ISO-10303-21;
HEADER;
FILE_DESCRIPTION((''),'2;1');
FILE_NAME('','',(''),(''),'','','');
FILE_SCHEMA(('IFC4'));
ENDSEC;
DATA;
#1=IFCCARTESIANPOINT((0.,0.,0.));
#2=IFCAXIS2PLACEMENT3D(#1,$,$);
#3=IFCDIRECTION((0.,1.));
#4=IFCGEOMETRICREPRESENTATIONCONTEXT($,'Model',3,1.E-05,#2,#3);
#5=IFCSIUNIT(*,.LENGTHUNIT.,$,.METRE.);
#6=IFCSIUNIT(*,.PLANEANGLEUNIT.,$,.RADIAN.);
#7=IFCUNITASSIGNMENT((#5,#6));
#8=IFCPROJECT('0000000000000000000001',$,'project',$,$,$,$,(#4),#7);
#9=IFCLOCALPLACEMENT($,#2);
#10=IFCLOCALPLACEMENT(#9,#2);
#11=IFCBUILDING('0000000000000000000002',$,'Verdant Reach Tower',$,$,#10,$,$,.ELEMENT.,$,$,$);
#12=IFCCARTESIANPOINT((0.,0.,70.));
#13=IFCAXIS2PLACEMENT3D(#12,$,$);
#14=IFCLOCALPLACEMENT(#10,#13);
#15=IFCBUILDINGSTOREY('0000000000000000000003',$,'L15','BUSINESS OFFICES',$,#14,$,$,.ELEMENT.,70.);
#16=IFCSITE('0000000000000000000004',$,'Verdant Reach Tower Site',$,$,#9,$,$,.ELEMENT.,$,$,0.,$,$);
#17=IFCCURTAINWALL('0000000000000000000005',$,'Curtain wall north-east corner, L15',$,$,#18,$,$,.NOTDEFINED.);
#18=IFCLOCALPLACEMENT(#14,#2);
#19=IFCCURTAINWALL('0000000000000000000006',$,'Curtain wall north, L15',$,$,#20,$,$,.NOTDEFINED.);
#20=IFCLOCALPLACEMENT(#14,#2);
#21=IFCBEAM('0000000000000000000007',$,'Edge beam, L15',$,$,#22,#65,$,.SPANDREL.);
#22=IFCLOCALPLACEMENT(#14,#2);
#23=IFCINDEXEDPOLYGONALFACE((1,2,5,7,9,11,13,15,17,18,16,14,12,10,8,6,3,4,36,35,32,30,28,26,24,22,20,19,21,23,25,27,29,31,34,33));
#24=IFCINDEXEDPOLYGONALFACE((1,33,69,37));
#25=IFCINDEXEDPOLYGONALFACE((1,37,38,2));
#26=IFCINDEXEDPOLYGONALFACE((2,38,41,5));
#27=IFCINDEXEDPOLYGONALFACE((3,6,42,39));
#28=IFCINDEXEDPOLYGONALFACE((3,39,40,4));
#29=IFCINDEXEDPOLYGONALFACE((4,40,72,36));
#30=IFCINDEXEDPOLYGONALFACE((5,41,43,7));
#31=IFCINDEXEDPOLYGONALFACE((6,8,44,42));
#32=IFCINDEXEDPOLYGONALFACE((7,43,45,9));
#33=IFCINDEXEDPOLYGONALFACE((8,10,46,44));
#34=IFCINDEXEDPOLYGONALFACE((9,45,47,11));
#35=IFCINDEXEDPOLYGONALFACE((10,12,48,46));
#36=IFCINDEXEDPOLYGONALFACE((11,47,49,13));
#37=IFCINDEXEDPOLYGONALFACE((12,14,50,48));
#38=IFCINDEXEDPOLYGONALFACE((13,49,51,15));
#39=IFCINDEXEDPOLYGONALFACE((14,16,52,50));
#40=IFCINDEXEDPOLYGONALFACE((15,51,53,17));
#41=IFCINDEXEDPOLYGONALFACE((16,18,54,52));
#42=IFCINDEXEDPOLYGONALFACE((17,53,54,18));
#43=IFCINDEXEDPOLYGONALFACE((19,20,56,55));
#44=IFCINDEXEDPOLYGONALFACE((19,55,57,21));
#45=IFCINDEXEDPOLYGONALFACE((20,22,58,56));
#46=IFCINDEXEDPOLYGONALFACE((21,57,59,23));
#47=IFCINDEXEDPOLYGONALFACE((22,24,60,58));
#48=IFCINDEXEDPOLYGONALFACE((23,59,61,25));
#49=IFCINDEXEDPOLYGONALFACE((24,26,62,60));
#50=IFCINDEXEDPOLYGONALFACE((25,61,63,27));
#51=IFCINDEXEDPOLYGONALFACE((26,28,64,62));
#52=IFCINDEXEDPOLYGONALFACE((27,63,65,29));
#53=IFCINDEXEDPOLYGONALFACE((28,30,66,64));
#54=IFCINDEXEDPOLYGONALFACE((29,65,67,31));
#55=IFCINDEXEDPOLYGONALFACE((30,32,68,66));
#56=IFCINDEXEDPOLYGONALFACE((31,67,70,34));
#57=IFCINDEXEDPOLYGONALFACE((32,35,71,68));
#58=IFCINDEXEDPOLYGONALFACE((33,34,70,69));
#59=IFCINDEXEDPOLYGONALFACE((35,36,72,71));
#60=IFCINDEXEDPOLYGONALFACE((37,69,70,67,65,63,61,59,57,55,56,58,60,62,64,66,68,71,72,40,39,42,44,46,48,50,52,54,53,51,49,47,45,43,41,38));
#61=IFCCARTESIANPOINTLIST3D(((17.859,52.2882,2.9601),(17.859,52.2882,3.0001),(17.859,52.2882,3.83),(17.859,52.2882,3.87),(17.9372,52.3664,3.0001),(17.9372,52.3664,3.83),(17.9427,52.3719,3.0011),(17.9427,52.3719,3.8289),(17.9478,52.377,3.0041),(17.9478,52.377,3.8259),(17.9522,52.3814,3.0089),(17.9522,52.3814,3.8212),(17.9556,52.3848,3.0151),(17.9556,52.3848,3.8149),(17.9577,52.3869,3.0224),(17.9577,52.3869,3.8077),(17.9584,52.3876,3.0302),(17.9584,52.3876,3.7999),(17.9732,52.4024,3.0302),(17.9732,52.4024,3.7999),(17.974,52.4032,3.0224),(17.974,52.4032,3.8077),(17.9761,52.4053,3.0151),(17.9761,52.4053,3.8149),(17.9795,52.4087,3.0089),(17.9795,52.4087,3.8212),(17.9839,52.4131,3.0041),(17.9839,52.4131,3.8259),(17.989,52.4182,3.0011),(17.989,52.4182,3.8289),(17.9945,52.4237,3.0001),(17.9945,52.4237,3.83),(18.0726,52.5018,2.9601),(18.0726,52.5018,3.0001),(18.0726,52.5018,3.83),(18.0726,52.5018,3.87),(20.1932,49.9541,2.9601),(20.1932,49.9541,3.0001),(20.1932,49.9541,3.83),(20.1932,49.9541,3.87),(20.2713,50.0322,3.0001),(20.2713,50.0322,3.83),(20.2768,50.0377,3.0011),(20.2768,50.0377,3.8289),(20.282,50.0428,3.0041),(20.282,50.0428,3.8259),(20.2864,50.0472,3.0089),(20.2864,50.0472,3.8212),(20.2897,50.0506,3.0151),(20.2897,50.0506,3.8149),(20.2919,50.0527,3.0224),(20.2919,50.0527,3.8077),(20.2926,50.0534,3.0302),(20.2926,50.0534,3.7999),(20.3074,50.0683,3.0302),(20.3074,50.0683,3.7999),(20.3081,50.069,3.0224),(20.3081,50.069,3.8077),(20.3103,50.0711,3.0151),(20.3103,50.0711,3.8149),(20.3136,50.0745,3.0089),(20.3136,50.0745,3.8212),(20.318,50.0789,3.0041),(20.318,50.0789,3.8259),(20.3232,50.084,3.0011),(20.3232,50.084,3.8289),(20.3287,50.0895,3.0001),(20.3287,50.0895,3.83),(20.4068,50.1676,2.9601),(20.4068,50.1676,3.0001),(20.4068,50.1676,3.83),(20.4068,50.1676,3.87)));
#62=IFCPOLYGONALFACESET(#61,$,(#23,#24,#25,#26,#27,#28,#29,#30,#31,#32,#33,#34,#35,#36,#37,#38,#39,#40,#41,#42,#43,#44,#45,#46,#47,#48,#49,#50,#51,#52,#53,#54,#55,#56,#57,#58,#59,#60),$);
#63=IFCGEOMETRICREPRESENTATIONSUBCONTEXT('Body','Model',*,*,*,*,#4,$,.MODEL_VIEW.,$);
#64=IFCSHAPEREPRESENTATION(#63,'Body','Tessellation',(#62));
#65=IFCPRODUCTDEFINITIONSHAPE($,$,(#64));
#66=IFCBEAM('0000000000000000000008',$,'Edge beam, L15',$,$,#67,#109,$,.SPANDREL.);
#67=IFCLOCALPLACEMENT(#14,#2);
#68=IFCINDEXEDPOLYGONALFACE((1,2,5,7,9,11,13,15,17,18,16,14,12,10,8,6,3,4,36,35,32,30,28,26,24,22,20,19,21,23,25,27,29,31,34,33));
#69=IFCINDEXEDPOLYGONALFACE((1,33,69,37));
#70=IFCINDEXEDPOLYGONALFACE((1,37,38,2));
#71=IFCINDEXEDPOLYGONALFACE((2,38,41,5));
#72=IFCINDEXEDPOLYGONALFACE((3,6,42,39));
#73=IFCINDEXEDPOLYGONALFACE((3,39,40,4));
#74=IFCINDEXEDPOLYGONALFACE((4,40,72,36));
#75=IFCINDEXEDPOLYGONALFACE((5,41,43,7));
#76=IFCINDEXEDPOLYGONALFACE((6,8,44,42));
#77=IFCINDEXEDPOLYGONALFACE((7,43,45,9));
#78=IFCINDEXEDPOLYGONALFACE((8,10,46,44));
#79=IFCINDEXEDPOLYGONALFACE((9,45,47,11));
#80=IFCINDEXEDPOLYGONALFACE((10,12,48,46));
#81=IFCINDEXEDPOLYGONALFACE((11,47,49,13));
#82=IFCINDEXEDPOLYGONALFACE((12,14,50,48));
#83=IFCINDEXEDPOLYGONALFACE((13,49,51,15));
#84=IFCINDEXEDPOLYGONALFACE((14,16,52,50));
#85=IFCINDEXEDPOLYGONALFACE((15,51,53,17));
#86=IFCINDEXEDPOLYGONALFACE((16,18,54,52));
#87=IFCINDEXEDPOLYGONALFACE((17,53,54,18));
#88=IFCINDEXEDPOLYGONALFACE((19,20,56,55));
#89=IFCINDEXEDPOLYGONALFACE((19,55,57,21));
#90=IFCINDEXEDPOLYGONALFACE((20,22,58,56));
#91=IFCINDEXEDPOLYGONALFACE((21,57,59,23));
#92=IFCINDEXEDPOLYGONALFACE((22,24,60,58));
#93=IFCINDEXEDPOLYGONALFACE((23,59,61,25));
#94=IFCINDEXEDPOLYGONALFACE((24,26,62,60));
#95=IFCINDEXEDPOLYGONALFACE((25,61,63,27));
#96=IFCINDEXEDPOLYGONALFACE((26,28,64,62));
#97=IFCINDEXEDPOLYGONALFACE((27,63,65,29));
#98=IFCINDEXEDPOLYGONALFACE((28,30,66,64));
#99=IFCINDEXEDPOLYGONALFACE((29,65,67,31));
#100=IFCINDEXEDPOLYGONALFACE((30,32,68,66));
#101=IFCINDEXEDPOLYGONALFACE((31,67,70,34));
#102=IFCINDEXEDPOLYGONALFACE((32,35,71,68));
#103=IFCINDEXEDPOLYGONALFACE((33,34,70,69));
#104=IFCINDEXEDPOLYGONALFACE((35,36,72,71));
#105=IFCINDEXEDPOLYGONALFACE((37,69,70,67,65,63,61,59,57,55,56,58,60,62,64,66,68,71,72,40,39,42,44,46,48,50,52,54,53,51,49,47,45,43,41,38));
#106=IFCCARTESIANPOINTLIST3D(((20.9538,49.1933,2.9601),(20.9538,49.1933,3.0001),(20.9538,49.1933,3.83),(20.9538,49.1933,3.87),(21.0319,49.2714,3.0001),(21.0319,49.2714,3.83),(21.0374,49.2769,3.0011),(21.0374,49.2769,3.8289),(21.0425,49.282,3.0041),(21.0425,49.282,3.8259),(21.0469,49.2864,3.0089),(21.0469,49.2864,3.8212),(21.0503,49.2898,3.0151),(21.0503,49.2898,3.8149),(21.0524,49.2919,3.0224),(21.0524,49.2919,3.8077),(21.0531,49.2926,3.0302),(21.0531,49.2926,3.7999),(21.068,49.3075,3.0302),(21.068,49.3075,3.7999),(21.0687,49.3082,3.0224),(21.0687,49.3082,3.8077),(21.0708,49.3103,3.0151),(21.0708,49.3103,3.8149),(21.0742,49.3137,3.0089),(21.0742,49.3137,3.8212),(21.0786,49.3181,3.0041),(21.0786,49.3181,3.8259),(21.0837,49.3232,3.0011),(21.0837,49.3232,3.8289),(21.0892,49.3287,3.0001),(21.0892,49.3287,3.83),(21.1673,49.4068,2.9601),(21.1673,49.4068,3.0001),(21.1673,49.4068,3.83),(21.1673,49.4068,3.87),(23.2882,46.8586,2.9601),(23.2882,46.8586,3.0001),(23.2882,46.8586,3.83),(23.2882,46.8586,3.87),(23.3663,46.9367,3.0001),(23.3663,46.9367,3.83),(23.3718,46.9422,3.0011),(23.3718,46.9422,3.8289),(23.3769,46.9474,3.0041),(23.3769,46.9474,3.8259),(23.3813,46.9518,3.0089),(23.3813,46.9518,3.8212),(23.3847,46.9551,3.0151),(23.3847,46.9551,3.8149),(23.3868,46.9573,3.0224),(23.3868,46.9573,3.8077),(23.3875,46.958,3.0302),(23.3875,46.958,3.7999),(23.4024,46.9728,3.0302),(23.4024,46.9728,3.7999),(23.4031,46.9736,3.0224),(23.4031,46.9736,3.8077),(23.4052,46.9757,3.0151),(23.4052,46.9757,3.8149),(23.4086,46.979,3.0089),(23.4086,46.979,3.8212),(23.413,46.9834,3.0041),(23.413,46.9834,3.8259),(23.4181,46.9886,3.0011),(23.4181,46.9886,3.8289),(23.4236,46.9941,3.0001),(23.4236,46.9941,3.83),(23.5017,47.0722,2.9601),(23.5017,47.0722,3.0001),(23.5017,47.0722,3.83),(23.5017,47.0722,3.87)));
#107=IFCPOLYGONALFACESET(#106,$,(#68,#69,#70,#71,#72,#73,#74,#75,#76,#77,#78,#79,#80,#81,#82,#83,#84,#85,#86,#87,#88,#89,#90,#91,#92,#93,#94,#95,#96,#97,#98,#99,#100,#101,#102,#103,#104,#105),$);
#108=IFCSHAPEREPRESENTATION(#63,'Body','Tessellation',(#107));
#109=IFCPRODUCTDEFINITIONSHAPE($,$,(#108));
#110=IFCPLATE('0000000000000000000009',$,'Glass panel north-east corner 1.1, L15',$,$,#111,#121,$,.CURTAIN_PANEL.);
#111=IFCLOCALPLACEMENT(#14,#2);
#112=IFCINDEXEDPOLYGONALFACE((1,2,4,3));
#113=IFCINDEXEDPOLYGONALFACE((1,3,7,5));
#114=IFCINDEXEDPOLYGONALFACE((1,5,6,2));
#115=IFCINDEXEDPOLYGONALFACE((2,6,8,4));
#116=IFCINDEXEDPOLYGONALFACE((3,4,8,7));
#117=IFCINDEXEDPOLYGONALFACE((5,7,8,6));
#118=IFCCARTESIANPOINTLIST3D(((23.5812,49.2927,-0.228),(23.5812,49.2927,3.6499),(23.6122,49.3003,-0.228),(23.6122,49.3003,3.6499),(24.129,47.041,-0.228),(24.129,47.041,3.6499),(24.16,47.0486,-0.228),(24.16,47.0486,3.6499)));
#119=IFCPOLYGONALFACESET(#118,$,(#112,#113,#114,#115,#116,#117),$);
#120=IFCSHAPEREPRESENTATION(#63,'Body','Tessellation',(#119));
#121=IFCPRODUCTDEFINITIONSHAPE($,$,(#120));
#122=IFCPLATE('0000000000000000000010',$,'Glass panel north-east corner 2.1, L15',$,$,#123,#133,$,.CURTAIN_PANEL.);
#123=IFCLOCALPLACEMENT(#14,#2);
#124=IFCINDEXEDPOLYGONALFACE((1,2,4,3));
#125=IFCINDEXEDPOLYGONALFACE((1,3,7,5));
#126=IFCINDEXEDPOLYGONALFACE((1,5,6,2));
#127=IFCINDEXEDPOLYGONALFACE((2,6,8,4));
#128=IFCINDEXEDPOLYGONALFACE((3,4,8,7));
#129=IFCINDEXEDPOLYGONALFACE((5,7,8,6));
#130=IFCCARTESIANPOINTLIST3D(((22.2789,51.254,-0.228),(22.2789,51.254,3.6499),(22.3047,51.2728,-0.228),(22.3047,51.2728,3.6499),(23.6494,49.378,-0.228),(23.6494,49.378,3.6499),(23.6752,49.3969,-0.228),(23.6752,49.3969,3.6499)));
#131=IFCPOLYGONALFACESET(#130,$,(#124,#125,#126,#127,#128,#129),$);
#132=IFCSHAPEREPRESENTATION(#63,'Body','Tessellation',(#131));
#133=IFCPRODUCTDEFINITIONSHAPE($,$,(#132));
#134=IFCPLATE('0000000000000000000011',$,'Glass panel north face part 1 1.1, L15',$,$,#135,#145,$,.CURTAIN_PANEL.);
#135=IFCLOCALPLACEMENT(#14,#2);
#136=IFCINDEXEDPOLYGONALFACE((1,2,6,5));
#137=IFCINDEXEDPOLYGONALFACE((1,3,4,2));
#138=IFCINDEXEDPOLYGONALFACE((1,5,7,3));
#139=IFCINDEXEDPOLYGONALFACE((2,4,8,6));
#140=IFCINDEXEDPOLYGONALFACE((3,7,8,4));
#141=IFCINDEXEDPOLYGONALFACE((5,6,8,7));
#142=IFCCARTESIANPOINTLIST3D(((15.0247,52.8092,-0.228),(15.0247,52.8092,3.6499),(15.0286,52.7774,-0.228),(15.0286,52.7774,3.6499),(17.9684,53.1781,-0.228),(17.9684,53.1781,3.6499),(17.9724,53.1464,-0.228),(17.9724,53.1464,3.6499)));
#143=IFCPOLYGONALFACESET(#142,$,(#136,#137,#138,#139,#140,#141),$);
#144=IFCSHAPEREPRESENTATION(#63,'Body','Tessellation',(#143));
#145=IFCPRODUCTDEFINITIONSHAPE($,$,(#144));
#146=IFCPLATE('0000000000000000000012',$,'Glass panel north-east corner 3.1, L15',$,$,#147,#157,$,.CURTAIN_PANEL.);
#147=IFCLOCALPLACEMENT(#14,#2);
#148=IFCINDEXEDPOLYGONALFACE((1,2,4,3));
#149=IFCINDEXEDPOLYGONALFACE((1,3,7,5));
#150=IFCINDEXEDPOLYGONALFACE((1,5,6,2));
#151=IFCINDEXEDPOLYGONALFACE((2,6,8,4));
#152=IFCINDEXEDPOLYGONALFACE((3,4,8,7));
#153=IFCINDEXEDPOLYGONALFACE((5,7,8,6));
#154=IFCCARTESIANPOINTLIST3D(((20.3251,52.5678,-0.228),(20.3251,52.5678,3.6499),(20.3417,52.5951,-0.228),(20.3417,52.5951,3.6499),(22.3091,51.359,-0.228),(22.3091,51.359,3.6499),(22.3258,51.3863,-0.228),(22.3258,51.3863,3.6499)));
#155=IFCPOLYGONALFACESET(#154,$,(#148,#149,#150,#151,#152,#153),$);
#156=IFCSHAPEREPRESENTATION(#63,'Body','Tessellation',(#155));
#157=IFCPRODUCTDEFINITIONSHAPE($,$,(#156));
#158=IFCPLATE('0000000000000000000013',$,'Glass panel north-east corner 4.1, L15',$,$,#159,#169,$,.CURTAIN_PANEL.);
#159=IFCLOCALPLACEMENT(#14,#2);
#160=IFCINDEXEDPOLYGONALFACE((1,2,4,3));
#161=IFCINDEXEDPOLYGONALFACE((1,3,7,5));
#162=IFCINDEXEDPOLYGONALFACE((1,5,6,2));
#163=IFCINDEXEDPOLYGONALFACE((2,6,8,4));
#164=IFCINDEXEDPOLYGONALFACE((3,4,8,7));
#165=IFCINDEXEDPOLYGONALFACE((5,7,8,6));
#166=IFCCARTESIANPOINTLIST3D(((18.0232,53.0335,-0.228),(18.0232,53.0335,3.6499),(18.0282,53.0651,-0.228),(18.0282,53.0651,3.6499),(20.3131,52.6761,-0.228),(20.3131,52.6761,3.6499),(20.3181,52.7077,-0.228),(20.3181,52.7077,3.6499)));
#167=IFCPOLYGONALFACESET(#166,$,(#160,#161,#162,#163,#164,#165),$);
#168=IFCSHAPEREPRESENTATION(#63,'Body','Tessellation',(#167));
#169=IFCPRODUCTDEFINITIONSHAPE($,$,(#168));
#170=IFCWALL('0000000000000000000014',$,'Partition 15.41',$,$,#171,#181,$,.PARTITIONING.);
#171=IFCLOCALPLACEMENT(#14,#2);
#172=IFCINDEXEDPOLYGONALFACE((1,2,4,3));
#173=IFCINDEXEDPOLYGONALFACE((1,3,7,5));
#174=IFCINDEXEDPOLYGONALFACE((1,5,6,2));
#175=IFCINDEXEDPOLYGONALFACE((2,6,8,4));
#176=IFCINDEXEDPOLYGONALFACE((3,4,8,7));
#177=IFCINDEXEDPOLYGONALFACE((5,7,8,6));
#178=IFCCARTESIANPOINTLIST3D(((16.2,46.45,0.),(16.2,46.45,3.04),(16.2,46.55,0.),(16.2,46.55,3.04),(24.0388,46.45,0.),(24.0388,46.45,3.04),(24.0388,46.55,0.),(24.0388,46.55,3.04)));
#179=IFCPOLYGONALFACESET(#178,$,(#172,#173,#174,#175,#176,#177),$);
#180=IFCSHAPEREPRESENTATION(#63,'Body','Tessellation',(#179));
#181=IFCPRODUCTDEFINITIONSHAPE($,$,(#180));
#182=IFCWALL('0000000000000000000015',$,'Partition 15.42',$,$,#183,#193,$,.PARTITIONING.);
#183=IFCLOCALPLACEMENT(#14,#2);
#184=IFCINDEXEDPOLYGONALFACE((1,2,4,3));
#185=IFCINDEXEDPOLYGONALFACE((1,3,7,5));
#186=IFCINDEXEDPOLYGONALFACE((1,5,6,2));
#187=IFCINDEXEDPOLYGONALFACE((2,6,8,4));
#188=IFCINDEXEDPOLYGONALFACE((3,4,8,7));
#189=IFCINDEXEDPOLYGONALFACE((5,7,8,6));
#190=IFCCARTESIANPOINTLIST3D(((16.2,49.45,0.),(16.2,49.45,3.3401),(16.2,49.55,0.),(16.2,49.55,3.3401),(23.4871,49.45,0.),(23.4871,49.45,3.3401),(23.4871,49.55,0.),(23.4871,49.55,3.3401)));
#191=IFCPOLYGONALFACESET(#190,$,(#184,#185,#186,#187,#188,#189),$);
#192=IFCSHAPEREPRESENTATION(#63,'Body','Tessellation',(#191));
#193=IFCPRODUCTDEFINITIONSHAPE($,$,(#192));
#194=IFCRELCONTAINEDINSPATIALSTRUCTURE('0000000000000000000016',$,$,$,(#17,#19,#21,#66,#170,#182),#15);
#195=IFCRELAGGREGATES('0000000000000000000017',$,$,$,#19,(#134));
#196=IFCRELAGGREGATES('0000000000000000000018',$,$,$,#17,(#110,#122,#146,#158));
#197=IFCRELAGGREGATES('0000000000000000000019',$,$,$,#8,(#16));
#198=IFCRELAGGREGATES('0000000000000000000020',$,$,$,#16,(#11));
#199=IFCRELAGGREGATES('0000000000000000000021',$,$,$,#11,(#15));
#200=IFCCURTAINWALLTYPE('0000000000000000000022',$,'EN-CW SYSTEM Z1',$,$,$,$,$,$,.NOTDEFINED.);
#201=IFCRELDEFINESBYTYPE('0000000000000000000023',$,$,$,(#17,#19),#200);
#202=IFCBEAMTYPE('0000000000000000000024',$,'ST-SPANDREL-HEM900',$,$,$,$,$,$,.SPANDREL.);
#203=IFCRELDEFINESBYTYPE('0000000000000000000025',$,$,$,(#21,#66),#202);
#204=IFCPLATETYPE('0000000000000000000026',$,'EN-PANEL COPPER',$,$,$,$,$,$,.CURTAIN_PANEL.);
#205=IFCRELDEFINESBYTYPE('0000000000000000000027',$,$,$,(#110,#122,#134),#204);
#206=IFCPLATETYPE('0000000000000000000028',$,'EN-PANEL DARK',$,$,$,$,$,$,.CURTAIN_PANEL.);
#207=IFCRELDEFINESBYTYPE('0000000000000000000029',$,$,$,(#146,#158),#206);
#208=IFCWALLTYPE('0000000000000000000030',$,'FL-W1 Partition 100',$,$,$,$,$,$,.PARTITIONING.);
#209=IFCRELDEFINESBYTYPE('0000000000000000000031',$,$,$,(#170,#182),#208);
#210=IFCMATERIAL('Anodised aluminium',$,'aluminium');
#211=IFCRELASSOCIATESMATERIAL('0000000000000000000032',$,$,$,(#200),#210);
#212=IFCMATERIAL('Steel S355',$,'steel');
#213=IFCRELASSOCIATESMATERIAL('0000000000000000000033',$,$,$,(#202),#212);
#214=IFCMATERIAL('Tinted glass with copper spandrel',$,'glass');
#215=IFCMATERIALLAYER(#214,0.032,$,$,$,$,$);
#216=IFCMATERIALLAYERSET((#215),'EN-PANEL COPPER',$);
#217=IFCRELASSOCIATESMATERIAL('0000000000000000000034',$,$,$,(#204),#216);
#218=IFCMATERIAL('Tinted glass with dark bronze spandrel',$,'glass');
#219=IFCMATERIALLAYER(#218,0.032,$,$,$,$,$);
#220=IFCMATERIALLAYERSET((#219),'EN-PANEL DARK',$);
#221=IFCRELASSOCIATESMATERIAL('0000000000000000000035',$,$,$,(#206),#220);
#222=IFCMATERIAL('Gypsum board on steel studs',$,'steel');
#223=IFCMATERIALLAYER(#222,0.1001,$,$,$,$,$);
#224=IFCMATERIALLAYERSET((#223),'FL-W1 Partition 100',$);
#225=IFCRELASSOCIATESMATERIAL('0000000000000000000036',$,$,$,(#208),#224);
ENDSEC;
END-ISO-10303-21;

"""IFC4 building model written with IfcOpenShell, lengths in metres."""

from ifc_helpers import new_model, si_unit, direction, frame, frame_2d, origin, origin_2d, place, context, subcontext, project, spatial, rectangle, i_section, extrude, material, layer, layer_set, material_profile, profile_set, type_object, element, aggregate, save


model = new_model("IFC4")

# Units and contexts
model_context = context("Model", 3, precision=1e-05, world=origin(), true_north=direction((0.0, 1.0)))
body_context = subcontext(model_context, "Body", "Model", "MODEL_VIEW")
ifc_project = project(units=[si_unit("LENGTHUNIT", "METRE"), si_unit("PLANEANGLEUNIT", "RADIAN")], contexts=[model_context])

# Site, building, storey
site_placement = place(None, origin())
site = spatial("IfcSite", under=ifc_project, at=site_placement, Name="Verdant Reach Tower Site", CompositionType="ELEMENT", RefElevation=0.0)
building_placement = place(site_placement, origin())
building = spatial("IfcBuilding", under=site, at=building_placement, Name="Verdant Reach Tower", CompositionType="ELEMENT")
storey_placement = place(building_placement, frame((0.0, 0.0, 70.0)))
storey = spatial("IfcBuildingStorey", under=building, at=storey_placement, Name="L15", Description="BUSINESS OFFICES", CompositionType="ELEMENT", Elevation=70.0)

# Curtain walls
ifc_material_1 = material(Name="Anodised aluminium", Category="aluminium")
curtain_wall_type = type_object("IfcCurtainWallType", Name="EN-CW SYSTEM Z1", PredefinedType="NOTDEFINED", material=ifc_material_1)
curtain_wall_1_placement = place(storey_placement, origin())
curtain_wall_1 = element("IfcCurtainWall", 1, at=curtain_wall_1_placement, inside=storey, type_object=curtain_wall_type, Name="Curtain wall north-east corner, L15", PredefinedType="NOTDEFINED")
curtain_wall_2_placement = place(storey_placement, origin())
curtain_wall_2 = element("IfcCurtainWall", 2, at=curtain_wall_2_placement, inside=storey, type_object=curtain_wall_type, Name="Curtain wall north, L15", PredefinedType="NOTDEFINED")

# Beams
ifc_material_2 = material(Name="Steel S355", Category="steel")
ifc_material_profile_1 = material_profile(ifc_material_2, i_section(OverallWidth=0.302, OverallDepth=0.9099, WebThickness=0.021, FlangeThickness=0.04, FilletRadius=0.03, at=origin_2d()), Name="HEM 900")
ifc_profile_set_1 = profile_set([ifc_material_profile_1], Name="Steel S355")
beam_type_1 = type_object("IfcBeamType", Name="ST-SPANDREL-HEM900", PredefinedType="SPANDREL", material=ifc_profile_set_1)
beam_1_placement = place(storey_placement, frame((17.9658, 52.395, 3.415), z_axis=(0.707107, -0.707107, 0.0), x_axis=(0.707107, 0.707107, 0.0)))
element("IfcBeam", 3, at=beam_1_placement, inside=storey, type_object=beam_type_1, Name="Edge beam, L15", PredefinedType="SPANDREL", context=body_context, shape_type="SweptSolid", body=[
    extrude(i_section(OverallWidth=0.302, OverallDepth=0.9099, WebThickness=0.021, FlangeThickness=0.04, FilletRadius=0.03, at=origin_2d()), origin(), (0.0, 0.0, 1.0), 3.301),
])
beam_2_placement = place(storey_placement, frame((21.0605, 49.3, 3.415), z_axis=(0.70707, -0.707144, 0.0), x_axis=(0.707144, 0.70707, 0.0)))
element("IfcBeam", 4, at=beam_2_placement, inside=storey, type_object=beam_type_1, Name="Edge beam, L15", PredefinedType="SPANDREL", context=body_context, shape_type="SweptSolid", body=[
    extrude(i_section(OverallWidth=0.302, OverallDepth=0.9099, WebThickness=0.021, FlangeThickness=0.04, FilletRadius=0.03, at=origin_2d()), origin(), (0.0, 0.0, 1.0), 3.3015),
])

# Plates
ifc_material_3 = material(Name="Tinted glass with copper spandrel", Category="glass")
ifc_layer_1 = layer(ifc_material_3, 0.032)
ifc_layer_set_1 = layer_set([ifc_layer_1], Name="EN-PANEL COPPER")
plate_type_1 = type_object("IfcPlateType", Name="EN-PANEL COPPER", PredefinedType="CURTAIN_PANEL", material=ifc_layer_set_1)
plate_1_placement = place(storey_placement, frame((23.8706, 48.1707, -0.228), z_axis=(0.0, 0.0, 1.0), x_axis=(-0.236383, 0.97166, 0.0)))
plate_1 = element("IfcPlate", 5, at=plate_1_placement, type_object=plate_type_1, Name="Glass panel north-east corner 1.1, L15", PredefinedType="CURTAIN_PANEL", context=body_context, shape_type="SweptSolid", body=[
    extrude(rectangle(XDim=2.3174, YDim=0.032, at=origin_2d()), origin(), (0.0, 0.0, 1.0), 3.8779),
])
plate_2_placement = place(storey_placement, frame((22.9771, 50.3254, -0.228), z_axis=(0.0, 0.0, 1.0), x_axis=(-0.589927, 0.807457, 0.0)))
plate_2 = element("IfcPlate", 6, at=plate_2_placement, type_object=plate_type_1, Name="Glass panel north-east corner 2.1, L15", PredefinedType="CURTAIN_PANEL", context=body_context, shape_type="SweptSolid", body=[
    extrude(rectangle(XDim=2.3232, YDim=0.032, at=origin_2d()), origin(), (0.0, 0.0, 1.0), 3.8779),
])
plate_3_placement = place(storey_placement, frame((16.4985, 52.9778, -0.228), z_axis=(0.0, 0.0, 1.0), x_axis=(-0.992235, -0.124374, 0.0)))
plate_3 = element("IfcPlate", 7, at=plate_3_placement, type_object=plate_type_1, Name="Glass panel north face part 1 1.1, L15", PredefinedType="CURTAIN_PANEL", context=body_context, shape_type="SweptSolid", body=[
    extrude(rectangle(XDim=2.9668, YDim=0.032, at=origin_2d()), origin(), (0.0, 0.0, 1.0), 3.8779),
])
aggregate(curtain_wall_2, [plate_3])
ifc_material_4 = material(Name="Tinted glass with dark bronze spandrel", Category="glass")
ifc_layer_2 = layer(ifc_material_4, 0.032)
ifc_layer_set_2 = layer_set([ifc_layer_2], Name="EN-PANEL DARK")
plate_type_2 = type_object("IfcPlateType", Name="EN-PANEL DARK", PredefinedType="CURTAIN_PANEL", material=ifc_layer_set_2)
plate_4_placement = place(storey_placement, frame((21.3254, 51.9771, -0.228), z_axis=(0.0, 0.0, 1.0), x_axis=(-0.853989, 0.520292, 0.0)))
plate_4 = element("IfcPlate", 8, at=plate_4_placement, type_object=plate_type_2, Name="Glass panel north-east corner 3.1, L15", PredefinedType="CURTAIN_PANEL", context=body_context, shape_type="SweptSolid", body=[
    extrude(rectangle(XDim=2.3232, YDim=0.032, at=origin_2d()), origin(), (0.0, 0.0, 1.0), 3.8779),
])
plate_5_placement = place(storey_placement, frame((19.1707, 52.8706, -0.228), z_axis=(0.0, 0.0, 1.0), x_axis=(-0.988033, 0.154245, 0.0)))
plate_5 = element("IfcPlate", 9, at=plate_5_placement, type_object=plate_type_2, Name="Glass panel north-east corner 4.1, L15", PredefinedType="CURTAIN_PANEL", context=body_context, shape_type="SweptSolid", body=[
    extrude(rectangle(XDim=2.3176, YDim=0.032, at=origin_2d()), origin(), (0.0, 0.0, 1.0), 3.8779),
])
aggregate(curtain_wall_1, [plate_1, plate_2, plate_4, plate_5])

# Walls
ifc_material_5 = material(Name="Gypsum board on steel studs", Category="steel")
ifc_layer_3 = layer(ifc_material_5, 0.1001)
ifc_layer_set_3 = layer_set([ifc_layer_3], Name="FL-W1 Partition 100")
wall_type_1 = type_object("IfcWallType", Name="FL-W1 Partition 100", PredefinedType="PARTITIONING", material=ifc_layer_set_3)
wall_1_placement = place(storey_placement, frame((24.0388, 46.5, 0.0), z_axis=(0.0, 0.0, 1.0), x_axis=(-1.0, 0.0, 0.0)))
element("IfcWall", 10, at=wall_1_placement, inside=storey, type_object=wall_type_1, Name="Partition 15.41", PredefinedType="PARTITIONING", context=body_context, shape_type="SweptSolid", body=[
    extrude(rectangle(XDim=7.8389, YDim=0.1001, at=frame_2d((3.9194, 0.0))), origin(), (0.0, 0.0, 1.0), 3.04),
])
wall_2_placement = place(storey_placement, frame((23.4871, 49.5, 0.0), z_axis=(0.0, 0.0, 1.0), x_axis=(-1.0, 0.0, 0.0)))
element("IfcWall", 11, at=wall_2_placement, inside=storey, type_object=wall_type_1, Name="Partition 15.42", PredefinedType="PARTITIONING", context=body_context, shape_type="SweptSolid", body=[
    extrude(rectangle(XDim=7.2871, YDim=0.1001, at=frame_2d((3.6436, 0.0))), origin(), (0.0, 0.0, 1.0), 3.3401),
])

save(model, "model.ifc")
